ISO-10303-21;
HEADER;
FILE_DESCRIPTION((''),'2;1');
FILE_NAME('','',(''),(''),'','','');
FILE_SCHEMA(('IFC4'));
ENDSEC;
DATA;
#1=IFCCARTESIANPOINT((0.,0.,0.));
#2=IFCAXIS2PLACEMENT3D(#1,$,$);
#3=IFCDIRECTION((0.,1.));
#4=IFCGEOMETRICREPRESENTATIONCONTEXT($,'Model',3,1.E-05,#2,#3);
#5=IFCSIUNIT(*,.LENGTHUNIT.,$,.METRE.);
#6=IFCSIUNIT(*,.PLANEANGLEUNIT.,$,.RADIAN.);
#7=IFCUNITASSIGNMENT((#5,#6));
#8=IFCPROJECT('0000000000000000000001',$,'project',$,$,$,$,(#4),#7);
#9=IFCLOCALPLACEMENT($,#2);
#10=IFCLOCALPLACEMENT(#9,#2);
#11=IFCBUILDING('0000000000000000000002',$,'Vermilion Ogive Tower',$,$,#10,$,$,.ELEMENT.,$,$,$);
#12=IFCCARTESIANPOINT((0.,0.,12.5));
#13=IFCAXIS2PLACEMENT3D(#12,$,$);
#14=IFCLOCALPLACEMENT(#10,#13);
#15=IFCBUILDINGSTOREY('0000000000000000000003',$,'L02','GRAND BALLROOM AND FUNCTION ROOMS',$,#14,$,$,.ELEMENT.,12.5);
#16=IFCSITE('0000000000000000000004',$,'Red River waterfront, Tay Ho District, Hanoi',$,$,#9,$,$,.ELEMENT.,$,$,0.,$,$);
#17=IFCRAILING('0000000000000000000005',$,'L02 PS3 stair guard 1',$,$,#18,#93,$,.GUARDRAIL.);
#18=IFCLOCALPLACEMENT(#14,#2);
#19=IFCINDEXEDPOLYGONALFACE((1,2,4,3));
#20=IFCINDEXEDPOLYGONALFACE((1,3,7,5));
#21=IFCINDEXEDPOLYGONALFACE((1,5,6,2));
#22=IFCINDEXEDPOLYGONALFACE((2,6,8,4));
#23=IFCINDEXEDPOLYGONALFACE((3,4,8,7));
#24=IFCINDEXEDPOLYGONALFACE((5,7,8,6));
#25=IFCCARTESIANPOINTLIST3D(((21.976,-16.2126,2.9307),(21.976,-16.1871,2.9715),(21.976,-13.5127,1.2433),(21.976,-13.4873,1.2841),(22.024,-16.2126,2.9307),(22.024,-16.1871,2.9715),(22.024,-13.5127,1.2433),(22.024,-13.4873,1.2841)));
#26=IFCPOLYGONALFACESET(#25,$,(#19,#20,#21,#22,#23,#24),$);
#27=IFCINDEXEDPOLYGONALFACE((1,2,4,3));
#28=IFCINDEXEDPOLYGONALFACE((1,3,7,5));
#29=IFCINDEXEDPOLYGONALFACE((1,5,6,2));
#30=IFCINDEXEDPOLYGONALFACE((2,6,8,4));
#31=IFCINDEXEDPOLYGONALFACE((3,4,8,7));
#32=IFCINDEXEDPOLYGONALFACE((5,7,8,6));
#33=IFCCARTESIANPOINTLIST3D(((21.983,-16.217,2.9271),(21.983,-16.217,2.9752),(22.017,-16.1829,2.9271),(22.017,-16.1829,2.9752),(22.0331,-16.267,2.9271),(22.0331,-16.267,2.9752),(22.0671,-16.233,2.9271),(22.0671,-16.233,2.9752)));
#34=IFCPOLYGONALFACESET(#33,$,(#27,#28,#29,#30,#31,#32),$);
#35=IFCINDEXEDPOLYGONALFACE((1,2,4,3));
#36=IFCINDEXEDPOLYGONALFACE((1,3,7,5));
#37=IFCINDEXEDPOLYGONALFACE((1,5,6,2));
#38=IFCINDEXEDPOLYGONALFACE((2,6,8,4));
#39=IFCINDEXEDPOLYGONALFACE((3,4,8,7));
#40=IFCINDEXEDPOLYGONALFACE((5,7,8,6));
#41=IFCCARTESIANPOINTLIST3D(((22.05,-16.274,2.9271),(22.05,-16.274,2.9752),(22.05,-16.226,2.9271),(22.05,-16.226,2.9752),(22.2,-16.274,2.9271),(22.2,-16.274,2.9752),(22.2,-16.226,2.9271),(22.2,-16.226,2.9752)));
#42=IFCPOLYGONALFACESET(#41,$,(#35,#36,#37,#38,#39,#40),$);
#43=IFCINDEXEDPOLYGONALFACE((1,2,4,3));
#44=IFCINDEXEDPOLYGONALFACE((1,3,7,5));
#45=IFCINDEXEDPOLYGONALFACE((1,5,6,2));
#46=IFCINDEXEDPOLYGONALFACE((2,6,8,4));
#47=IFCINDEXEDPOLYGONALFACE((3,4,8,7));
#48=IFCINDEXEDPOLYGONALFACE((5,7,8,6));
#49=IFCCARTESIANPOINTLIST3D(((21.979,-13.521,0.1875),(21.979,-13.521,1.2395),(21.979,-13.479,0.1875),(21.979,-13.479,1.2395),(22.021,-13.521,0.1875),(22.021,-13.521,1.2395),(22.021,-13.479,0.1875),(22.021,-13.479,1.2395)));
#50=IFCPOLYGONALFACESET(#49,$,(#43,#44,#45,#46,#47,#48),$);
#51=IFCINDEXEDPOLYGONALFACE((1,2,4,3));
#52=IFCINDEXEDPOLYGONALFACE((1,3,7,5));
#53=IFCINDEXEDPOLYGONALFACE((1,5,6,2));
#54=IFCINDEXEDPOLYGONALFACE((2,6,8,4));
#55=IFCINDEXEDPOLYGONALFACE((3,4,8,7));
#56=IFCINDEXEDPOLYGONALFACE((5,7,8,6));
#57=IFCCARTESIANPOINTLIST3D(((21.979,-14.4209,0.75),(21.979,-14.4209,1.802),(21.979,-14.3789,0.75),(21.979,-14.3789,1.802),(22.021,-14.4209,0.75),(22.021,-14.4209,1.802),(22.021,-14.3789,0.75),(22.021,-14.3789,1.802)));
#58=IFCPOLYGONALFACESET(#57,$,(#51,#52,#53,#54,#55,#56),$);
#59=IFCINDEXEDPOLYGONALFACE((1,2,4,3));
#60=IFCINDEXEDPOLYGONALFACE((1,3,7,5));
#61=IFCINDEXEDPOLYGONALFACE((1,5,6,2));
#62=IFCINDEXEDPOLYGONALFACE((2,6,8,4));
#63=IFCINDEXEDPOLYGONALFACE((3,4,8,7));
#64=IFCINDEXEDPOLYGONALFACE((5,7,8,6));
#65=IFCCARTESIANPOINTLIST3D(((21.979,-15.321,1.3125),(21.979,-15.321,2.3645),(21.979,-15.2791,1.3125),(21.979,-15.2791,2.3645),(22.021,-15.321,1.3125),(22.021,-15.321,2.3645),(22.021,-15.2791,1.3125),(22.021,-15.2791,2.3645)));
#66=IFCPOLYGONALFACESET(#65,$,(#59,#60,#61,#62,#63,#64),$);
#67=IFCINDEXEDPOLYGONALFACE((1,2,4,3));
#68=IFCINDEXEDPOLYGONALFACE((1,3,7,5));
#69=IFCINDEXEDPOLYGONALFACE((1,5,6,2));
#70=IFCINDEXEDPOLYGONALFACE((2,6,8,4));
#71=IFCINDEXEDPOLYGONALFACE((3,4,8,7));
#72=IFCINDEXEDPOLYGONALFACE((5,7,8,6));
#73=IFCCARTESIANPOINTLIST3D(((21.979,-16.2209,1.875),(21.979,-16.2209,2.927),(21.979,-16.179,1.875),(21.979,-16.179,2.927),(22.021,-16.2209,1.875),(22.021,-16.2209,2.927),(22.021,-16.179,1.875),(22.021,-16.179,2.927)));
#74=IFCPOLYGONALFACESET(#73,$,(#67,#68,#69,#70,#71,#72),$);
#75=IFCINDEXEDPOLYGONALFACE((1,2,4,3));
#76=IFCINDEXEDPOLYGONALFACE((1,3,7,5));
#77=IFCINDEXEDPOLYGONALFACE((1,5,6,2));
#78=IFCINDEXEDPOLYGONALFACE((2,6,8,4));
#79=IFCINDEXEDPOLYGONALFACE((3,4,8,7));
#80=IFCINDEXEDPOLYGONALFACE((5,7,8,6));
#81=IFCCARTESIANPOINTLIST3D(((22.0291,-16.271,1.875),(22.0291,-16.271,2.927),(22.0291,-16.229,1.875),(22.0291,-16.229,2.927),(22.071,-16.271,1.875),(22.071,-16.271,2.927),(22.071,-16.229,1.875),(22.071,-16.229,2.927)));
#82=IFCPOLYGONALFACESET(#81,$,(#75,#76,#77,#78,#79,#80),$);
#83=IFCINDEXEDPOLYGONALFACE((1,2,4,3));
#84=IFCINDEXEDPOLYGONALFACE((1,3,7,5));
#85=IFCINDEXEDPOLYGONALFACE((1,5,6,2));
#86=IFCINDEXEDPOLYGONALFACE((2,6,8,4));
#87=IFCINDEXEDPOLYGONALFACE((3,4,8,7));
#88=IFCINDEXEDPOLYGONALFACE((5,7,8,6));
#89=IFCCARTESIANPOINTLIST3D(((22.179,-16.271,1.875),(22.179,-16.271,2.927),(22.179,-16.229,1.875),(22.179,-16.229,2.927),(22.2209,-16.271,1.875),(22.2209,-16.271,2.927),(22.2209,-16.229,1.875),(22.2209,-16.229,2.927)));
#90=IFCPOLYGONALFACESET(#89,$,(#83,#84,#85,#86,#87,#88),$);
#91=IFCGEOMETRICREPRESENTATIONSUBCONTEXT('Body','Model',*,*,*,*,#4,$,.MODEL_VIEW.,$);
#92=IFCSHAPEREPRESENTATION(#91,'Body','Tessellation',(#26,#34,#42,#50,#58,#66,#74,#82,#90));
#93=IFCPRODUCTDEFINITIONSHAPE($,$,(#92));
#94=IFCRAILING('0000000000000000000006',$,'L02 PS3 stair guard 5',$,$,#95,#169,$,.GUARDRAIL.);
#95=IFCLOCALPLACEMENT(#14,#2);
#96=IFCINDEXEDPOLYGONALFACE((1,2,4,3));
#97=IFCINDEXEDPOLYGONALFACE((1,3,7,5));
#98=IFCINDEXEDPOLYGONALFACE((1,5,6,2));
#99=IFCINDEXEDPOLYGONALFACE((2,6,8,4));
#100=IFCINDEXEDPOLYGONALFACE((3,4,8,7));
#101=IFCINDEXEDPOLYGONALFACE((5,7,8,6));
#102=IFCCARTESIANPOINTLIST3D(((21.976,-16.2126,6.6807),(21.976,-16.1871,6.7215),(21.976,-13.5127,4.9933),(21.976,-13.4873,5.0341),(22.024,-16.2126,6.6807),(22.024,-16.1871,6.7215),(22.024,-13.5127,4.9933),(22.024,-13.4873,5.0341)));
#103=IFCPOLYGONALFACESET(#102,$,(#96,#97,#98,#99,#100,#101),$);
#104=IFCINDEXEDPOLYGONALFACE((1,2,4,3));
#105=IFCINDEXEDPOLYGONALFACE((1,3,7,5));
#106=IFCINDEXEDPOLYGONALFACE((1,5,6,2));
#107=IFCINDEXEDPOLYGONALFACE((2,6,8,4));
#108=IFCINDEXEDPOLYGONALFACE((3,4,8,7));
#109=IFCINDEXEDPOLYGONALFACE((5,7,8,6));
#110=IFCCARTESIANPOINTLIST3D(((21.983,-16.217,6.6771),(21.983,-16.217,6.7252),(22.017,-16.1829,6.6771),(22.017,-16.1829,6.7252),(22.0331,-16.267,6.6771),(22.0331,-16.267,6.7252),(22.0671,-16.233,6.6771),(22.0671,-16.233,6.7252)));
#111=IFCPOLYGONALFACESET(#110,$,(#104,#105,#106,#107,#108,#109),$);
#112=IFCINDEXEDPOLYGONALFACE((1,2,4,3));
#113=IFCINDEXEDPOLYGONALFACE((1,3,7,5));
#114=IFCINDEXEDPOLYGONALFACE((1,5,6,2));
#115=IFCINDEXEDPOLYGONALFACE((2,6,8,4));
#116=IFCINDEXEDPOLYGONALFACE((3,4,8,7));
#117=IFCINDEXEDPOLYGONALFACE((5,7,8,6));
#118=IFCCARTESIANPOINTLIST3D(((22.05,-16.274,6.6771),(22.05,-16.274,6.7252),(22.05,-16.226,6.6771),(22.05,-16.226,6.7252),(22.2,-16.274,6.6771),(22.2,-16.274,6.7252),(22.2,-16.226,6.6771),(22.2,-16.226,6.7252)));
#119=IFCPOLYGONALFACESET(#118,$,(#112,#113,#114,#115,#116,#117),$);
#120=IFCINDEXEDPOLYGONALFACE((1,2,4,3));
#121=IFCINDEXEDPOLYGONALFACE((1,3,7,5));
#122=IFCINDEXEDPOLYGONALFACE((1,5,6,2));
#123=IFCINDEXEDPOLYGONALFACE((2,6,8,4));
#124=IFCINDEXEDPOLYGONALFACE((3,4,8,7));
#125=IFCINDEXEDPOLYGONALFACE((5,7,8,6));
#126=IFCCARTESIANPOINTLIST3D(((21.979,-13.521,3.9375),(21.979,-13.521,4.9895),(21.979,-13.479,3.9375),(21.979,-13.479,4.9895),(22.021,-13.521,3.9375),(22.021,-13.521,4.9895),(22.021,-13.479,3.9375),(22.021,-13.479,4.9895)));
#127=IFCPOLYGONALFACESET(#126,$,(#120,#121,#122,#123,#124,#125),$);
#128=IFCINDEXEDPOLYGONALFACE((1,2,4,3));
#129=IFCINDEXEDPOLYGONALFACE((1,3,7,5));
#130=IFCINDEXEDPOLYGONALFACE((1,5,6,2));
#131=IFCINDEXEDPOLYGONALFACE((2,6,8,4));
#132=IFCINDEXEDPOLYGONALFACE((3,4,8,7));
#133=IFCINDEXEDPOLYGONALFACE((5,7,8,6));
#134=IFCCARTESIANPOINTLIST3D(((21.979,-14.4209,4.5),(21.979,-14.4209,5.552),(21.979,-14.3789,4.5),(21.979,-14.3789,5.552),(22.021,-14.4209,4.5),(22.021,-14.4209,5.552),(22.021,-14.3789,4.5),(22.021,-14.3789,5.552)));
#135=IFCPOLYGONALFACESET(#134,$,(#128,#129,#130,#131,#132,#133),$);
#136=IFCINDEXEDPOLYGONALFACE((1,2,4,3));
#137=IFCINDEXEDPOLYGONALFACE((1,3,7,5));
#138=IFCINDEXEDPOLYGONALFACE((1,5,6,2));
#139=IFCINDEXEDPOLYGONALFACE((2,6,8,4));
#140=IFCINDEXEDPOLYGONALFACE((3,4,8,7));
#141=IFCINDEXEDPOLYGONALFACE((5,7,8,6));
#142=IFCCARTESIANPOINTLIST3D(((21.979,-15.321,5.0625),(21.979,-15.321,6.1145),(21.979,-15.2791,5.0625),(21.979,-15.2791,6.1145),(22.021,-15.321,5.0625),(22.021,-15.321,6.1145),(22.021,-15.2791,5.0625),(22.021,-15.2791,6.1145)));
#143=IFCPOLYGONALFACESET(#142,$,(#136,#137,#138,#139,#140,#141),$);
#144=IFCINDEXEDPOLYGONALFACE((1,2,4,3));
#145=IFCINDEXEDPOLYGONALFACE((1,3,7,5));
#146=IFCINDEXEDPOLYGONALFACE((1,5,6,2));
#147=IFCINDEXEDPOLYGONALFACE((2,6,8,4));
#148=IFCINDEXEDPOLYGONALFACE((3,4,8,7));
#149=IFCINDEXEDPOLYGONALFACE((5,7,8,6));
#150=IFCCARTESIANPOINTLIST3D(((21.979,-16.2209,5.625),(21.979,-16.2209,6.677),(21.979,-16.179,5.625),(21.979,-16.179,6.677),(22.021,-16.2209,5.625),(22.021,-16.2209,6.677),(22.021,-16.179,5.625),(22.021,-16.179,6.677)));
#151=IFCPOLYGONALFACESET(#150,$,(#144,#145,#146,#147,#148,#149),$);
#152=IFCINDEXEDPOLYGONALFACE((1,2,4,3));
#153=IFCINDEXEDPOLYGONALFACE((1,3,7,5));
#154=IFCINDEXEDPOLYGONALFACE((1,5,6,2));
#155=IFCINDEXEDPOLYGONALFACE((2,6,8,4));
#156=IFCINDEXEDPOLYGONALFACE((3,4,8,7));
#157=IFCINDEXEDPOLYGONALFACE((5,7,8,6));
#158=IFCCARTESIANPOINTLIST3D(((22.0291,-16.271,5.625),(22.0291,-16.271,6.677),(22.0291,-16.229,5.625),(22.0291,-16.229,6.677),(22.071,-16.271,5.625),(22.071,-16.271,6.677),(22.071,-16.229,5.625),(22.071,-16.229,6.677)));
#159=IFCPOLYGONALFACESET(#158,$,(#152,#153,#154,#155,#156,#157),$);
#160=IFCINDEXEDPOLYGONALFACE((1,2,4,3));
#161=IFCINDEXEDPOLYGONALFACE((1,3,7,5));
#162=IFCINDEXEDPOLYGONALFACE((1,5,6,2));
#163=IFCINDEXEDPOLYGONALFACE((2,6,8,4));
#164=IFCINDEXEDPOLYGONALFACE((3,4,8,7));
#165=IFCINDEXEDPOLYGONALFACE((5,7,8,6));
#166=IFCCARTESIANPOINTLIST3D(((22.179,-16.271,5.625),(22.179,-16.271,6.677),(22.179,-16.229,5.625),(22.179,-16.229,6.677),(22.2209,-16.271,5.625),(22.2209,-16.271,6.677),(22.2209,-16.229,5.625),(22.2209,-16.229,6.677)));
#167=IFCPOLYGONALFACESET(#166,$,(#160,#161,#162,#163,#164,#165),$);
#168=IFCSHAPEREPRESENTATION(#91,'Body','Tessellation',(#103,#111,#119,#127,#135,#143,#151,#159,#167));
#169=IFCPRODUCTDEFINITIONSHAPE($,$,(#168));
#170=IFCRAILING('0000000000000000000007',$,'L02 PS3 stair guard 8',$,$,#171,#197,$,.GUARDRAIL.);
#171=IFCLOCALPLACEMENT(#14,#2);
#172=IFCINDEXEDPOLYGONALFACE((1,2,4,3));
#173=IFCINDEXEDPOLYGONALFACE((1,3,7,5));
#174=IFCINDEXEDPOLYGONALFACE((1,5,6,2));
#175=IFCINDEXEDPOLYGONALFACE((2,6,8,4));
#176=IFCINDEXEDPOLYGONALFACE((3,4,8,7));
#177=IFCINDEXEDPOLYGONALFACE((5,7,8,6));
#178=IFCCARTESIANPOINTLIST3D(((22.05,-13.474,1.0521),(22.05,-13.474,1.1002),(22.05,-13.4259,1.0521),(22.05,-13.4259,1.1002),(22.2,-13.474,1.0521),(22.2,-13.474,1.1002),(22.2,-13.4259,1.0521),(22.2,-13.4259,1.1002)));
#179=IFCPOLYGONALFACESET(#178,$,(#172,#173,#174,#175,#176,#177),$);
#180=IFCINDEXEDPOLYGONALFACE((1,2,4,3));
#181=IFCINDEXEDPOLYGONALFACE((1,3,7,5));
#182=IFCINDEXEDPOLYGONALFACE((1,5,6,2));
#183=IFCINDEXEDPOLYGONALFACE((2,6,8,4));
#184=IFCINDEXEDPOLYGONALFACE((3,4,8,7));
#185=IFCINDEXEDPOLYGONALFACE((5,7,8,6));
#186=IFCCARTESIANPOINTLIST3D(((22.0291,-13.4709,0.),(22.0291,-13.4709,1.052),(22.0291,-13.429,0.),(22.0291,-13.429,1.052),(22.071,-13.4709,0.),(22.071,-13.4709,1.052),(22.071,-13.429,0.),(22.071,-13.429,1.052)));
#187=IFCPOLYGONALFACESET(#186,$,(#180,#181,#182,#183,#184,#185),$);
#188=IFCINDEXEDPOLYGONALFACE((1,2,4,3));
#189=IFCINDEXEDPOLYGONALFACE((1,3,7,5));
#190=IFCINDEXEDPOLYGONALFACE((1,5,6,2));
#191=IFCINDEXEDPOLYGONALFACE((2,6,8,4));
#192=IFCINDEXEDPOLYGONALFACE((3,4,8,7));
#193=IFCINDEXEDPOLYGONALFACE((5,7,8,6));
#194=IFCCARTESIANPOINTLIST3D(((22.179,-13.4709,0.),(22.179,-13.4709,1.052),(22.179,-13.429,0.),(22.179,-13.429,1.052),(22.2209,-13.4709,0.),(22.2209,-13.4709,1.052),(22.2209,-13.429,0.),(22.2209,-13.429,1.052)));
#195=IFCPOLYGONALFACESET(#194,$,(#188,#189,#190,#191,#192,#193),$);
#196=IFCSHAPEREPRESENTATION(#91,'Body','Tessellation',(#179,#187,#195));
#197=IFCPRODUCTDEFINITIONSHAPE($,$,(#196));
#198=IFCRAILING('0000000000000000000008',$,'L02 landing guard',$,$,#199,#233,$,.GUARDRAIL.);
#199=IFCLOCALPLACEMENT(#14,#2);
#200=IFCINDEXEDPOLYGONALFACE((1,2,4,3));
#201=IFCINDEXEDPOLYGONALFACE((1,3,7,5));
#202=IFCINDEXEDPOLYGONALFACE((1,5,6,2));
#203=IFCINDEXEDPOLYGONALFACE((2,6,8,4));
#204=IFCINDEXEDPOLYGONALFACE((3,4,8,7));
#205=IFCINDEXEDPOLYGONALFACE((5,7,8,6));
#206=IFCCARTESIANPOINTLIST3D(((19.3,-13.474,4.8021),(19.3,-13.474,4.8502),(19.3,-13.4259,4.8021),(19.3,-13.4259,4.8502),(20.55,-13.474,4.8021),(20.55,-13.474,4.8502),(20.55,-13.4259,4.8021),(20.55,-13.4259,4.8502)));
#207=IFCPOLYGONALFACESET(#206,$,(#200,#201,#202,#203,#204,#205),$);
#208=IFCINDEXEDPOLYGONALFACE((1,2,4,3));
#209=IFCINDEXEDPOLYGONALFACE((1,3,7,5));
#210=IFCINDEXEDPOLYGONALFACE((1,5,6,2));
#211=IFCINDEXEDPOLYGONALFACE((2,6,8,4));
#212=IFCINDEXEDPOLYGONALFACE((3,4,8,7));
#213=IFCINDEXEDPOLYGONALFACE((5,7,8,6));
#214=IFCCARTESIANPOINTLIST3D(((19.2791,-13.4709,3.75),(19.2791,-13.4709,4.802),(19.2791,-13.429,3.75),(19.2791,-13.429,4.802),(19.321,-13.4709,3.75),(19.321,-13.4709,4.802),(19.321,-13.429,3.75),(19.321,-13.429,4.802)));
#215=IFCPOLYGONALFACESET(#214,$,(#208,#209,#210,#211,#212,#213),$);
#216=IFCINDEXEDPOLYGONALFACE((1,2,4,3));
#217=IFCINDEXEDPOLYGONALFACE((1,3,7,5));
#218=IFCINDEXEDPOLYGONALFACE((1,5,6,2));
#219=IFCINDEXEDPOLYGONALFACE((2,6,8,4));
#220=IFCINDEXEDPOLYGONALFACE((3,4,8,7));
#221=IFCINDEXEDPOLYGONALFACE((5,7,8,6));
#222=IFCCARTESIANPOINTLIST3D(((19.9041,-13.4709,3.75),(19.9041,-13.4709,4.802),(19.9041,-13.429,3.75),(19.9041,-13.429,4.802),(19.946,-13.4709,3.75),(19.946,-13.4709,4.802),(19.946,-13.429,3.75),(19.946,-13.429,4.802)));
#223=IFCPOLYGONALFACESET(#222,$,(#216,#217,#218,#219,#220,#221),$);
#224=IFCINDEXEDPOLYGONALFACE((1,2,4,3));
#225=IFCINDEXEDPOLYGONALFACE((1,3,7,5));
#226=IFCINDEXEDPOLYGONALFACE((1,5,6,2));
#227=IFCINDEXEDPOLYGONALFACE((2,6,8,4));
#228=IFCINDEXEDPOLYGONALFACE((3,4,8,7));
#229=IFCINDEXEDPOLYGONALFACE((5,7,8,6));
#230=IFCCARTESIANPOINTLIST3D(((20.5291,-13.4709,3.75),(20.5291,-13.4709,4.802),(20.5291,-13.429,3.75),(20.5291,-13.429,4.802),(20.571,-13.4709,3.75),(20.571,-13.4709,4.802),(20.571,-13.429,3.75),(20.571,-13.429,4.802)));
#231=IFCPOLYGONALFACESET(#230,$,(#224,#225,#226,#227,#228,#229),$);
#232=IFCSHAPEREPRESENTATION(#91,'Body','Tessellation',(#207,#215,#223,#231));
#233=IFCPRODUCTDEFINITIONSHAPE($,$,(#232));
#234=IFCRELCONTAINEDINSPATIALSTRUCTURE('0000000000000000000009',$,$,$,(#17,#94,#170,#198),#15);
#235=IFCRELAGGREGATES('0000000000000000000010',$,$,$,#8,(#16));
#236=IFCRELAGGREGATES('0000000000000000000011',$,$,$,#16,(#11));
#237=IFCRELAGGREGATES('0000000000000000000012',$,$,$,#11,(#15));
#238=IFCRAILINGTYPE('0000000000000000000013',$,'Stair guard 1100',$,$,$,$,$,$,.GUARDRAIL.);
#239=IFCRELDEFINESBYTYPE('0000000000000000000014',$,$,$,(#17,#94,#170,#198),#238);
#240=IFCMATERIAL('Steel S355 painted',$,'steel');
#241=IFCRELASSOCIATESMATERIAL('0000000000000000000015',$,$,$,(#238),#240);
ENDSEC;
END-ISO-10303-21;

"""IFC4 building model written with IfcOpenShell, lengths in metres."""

from ifc_helpers import new_model, si_unit, direction, frame, origin, origin_2d, place, context, subcontext, project, spatial, rectangle, extrude, material, type_object, element, save


model = new_model("IFC4")

# Units and contexts
model_context = context("Model", 3, precision=1e-05, world=origin(), true_north=direction((0.0, 1.0)))
body_context = subcontext(model_context, "Body", "Model", "MODEL_VIEW")
ifc_project = project(units=[si_unit("LENGTHUNIT", "METRE"), si_unit("PLANEANGLEUNIT", "RADIAN")], contexts=[model_context])

# Site, building, storey
site_placement = place(None, origin())
site = spatial("IfcSite", under=ifc_project, at=site_placement, Name="Red River waterfront, Tay Ho District, Hanoi", CompositionType="ELEMENT", RefElevation=0.0)
building_placement = place(site_placement, origin())
building = spatial("IfcBuilding", under=site, at=building_placement, Name="Vermilion Ogive Tower", CompositionType="ELEMENT")
storey_placement = place(building_placement, frame((0.0, 0.0, 12.5)))
storey = spatial("IfcBuildingStorey", under=building, at=storey_placement, Name="L02", Description="GRAND BALLROOM AND FUNCTION ROOMS", CompositionType="ELEMENT", Elevation=12.5)

# Railings
ifc_material_1 = material(Name="Steel S355 painted", Category="steel")
railing_type_1 = type_object("IfcRailingType", Name="Stair guard 1100", PredefinedType="GUARDRAIL", material=ifc_material_1)
for number, where, name in (
    (1, (22.0, -13.5, 0.1875), "L02 PS3 stair guard 1"),
    (2, (22.0, -13.5, 3.9375), "L02 PS3 stair guard 5"),
):
    element("IfcRailing", number, at=place(storey_placement, frame(where)), inside=storey, type_object=railing_type_1, Name=name, PredefinedType="GUARDRAIL", context=body_context, shape_type="SweptSolid", body=[
        extrude(rectangle(XDim=0.0481, YDim=0.0481, at=origin_2d()), frame((0.0, 0.0, 1.0762), z_axis=(0.0, -0.847994, 0.530006), x_axis=(1.0, 0.0, 0.0)), (0.0, 0.0, 1.0), 3.1838),
        extrude(rectangle(XDim=0.0481, YDim=0.0481, at=origin_2d()), frame((0.0, -2.7, 2.7637), z_axis=(0.707107, -0.707107, 0.0), x_axis=(0.707107, 0.707107, 0.0)), (0.0, 0.0, 1.0), 0.0708),
        extrude(rectangle(XDim=0.0481, YDim=0.0481, at=origin_2d()), frame((0.05, -2.75, 2.7637), z_axis=(1.0, 0.0, 0.0), x_axis=(0.0, 1.0, 0.0)), (0.0, 0.0, 1.0), 0.1499),
        extrude(rectangle(XDim=0.042, YDim=0.042, at=origin_2d()), origin(), (0.0, 0.0, 1.0), 1.052),
        extrude(rectangle(XDim=0.042, YDim=0.042, at=origin_2d()), frame((0.0, -0.8999, 0.5625)), (0.0, 0.0, 1.0), 1.052),
        extrude(rectangle(XDim=0.042, YDim=0.042, at=origin_2d()), frame((0.0, -1.8, 1.125)), (0.0, 0.0, 1.0), 1.052),
        extrude(rectangle(XDim=0.042, YDim=0.042, at=origin_2d()), frame((0.0, -2.7, 1.6875)), (0.0, 0.0, 1.0), 1.052),
        extrude(rectangle(XDim=0.042, YDim=0.042, at=origin_2d()), frame((0.05, -2.75, 1.6875)), (0.0, 0.0, 1.0), 1.052),
        extrude(rectangle(XDim=0.042, YDim=0.042, at=origin_2d()), frame((0.2, -2.75, 1.6875)), (0.0, 0.0, 1.0), 1.052),
    ])
railing_1_placement = place(storey_placement, frame((22.05, -13.45, 0.0)))
element("IfcRailing", 3, at=railing_1_placement, inside=storey, type_object=railing_type_1, Name="L02 PS3 stair guard 8", PredefinedType="GUARDRAIL", context=body_context, shape_type="SweptSolid", body=[
    extrude(rectangle(XDim=0.0481, YDim=0.0481, at=origin_2d()), frame((0.0, 0.0, 1.0762), z_axis=(1.0, 0.0, 0.0), x_axis=(0.0, 1.0, 0.0)), (0.0, 0.0, 1.0), 0.1499),
    extrude(rectangle(XDim=0.042, YDim=0.042, at=origin_2d()), origin(), (0.0, 0.0, 1.0), 1.052),
    extrude(rectangle(XDim=0.042, YDim=0.042, at=origin_2d()), frame((0.1499, 0.0, 0.0)), (0.0, 0.0, 1.0), 1.052),
])
railing_2_placement = place(storey_placement, frame((19.3, -13.45, 3.75)))
element("IfcRailing", 4, at=railing_2_placement, inside=storey, type_object=railing_type_1, Name="L02 landing guard", PredefinedType="GUARDRAIL", context=body_context, shape_type="SweptSolid", body=[
    extrude(rectangle(XDim=0.0481, YDim=0.0481, at=origin_2d()), frame((0.0, 0.0, 1.0762), z_axis=(1.0, 0.0, 0.0), x_axis=(0.0, 1.0, 0.0)), (0.0, 0.0, 1.0), 1.25),
    extrude(rectangle(XDim=0.042, YDim=0.042, at=origin_2d()), origin(), (0.0, 0.0, 1.0), 1.052),
    extrude(rectangle(XDim=0.042, YDim=0.042, at=origin_2d()), frame((0.625, 0.0, 0.0)), (0.0, 0.0, 1.0), 1.052),
    extrude(rectangle(XDim=0.042, YDim=0.042, at=origin_2d()), frame((1.25, 0.0, 0.0)), (0.0, 0.0, 1.0), 1.052),
])

save(model, "model.ifc")
